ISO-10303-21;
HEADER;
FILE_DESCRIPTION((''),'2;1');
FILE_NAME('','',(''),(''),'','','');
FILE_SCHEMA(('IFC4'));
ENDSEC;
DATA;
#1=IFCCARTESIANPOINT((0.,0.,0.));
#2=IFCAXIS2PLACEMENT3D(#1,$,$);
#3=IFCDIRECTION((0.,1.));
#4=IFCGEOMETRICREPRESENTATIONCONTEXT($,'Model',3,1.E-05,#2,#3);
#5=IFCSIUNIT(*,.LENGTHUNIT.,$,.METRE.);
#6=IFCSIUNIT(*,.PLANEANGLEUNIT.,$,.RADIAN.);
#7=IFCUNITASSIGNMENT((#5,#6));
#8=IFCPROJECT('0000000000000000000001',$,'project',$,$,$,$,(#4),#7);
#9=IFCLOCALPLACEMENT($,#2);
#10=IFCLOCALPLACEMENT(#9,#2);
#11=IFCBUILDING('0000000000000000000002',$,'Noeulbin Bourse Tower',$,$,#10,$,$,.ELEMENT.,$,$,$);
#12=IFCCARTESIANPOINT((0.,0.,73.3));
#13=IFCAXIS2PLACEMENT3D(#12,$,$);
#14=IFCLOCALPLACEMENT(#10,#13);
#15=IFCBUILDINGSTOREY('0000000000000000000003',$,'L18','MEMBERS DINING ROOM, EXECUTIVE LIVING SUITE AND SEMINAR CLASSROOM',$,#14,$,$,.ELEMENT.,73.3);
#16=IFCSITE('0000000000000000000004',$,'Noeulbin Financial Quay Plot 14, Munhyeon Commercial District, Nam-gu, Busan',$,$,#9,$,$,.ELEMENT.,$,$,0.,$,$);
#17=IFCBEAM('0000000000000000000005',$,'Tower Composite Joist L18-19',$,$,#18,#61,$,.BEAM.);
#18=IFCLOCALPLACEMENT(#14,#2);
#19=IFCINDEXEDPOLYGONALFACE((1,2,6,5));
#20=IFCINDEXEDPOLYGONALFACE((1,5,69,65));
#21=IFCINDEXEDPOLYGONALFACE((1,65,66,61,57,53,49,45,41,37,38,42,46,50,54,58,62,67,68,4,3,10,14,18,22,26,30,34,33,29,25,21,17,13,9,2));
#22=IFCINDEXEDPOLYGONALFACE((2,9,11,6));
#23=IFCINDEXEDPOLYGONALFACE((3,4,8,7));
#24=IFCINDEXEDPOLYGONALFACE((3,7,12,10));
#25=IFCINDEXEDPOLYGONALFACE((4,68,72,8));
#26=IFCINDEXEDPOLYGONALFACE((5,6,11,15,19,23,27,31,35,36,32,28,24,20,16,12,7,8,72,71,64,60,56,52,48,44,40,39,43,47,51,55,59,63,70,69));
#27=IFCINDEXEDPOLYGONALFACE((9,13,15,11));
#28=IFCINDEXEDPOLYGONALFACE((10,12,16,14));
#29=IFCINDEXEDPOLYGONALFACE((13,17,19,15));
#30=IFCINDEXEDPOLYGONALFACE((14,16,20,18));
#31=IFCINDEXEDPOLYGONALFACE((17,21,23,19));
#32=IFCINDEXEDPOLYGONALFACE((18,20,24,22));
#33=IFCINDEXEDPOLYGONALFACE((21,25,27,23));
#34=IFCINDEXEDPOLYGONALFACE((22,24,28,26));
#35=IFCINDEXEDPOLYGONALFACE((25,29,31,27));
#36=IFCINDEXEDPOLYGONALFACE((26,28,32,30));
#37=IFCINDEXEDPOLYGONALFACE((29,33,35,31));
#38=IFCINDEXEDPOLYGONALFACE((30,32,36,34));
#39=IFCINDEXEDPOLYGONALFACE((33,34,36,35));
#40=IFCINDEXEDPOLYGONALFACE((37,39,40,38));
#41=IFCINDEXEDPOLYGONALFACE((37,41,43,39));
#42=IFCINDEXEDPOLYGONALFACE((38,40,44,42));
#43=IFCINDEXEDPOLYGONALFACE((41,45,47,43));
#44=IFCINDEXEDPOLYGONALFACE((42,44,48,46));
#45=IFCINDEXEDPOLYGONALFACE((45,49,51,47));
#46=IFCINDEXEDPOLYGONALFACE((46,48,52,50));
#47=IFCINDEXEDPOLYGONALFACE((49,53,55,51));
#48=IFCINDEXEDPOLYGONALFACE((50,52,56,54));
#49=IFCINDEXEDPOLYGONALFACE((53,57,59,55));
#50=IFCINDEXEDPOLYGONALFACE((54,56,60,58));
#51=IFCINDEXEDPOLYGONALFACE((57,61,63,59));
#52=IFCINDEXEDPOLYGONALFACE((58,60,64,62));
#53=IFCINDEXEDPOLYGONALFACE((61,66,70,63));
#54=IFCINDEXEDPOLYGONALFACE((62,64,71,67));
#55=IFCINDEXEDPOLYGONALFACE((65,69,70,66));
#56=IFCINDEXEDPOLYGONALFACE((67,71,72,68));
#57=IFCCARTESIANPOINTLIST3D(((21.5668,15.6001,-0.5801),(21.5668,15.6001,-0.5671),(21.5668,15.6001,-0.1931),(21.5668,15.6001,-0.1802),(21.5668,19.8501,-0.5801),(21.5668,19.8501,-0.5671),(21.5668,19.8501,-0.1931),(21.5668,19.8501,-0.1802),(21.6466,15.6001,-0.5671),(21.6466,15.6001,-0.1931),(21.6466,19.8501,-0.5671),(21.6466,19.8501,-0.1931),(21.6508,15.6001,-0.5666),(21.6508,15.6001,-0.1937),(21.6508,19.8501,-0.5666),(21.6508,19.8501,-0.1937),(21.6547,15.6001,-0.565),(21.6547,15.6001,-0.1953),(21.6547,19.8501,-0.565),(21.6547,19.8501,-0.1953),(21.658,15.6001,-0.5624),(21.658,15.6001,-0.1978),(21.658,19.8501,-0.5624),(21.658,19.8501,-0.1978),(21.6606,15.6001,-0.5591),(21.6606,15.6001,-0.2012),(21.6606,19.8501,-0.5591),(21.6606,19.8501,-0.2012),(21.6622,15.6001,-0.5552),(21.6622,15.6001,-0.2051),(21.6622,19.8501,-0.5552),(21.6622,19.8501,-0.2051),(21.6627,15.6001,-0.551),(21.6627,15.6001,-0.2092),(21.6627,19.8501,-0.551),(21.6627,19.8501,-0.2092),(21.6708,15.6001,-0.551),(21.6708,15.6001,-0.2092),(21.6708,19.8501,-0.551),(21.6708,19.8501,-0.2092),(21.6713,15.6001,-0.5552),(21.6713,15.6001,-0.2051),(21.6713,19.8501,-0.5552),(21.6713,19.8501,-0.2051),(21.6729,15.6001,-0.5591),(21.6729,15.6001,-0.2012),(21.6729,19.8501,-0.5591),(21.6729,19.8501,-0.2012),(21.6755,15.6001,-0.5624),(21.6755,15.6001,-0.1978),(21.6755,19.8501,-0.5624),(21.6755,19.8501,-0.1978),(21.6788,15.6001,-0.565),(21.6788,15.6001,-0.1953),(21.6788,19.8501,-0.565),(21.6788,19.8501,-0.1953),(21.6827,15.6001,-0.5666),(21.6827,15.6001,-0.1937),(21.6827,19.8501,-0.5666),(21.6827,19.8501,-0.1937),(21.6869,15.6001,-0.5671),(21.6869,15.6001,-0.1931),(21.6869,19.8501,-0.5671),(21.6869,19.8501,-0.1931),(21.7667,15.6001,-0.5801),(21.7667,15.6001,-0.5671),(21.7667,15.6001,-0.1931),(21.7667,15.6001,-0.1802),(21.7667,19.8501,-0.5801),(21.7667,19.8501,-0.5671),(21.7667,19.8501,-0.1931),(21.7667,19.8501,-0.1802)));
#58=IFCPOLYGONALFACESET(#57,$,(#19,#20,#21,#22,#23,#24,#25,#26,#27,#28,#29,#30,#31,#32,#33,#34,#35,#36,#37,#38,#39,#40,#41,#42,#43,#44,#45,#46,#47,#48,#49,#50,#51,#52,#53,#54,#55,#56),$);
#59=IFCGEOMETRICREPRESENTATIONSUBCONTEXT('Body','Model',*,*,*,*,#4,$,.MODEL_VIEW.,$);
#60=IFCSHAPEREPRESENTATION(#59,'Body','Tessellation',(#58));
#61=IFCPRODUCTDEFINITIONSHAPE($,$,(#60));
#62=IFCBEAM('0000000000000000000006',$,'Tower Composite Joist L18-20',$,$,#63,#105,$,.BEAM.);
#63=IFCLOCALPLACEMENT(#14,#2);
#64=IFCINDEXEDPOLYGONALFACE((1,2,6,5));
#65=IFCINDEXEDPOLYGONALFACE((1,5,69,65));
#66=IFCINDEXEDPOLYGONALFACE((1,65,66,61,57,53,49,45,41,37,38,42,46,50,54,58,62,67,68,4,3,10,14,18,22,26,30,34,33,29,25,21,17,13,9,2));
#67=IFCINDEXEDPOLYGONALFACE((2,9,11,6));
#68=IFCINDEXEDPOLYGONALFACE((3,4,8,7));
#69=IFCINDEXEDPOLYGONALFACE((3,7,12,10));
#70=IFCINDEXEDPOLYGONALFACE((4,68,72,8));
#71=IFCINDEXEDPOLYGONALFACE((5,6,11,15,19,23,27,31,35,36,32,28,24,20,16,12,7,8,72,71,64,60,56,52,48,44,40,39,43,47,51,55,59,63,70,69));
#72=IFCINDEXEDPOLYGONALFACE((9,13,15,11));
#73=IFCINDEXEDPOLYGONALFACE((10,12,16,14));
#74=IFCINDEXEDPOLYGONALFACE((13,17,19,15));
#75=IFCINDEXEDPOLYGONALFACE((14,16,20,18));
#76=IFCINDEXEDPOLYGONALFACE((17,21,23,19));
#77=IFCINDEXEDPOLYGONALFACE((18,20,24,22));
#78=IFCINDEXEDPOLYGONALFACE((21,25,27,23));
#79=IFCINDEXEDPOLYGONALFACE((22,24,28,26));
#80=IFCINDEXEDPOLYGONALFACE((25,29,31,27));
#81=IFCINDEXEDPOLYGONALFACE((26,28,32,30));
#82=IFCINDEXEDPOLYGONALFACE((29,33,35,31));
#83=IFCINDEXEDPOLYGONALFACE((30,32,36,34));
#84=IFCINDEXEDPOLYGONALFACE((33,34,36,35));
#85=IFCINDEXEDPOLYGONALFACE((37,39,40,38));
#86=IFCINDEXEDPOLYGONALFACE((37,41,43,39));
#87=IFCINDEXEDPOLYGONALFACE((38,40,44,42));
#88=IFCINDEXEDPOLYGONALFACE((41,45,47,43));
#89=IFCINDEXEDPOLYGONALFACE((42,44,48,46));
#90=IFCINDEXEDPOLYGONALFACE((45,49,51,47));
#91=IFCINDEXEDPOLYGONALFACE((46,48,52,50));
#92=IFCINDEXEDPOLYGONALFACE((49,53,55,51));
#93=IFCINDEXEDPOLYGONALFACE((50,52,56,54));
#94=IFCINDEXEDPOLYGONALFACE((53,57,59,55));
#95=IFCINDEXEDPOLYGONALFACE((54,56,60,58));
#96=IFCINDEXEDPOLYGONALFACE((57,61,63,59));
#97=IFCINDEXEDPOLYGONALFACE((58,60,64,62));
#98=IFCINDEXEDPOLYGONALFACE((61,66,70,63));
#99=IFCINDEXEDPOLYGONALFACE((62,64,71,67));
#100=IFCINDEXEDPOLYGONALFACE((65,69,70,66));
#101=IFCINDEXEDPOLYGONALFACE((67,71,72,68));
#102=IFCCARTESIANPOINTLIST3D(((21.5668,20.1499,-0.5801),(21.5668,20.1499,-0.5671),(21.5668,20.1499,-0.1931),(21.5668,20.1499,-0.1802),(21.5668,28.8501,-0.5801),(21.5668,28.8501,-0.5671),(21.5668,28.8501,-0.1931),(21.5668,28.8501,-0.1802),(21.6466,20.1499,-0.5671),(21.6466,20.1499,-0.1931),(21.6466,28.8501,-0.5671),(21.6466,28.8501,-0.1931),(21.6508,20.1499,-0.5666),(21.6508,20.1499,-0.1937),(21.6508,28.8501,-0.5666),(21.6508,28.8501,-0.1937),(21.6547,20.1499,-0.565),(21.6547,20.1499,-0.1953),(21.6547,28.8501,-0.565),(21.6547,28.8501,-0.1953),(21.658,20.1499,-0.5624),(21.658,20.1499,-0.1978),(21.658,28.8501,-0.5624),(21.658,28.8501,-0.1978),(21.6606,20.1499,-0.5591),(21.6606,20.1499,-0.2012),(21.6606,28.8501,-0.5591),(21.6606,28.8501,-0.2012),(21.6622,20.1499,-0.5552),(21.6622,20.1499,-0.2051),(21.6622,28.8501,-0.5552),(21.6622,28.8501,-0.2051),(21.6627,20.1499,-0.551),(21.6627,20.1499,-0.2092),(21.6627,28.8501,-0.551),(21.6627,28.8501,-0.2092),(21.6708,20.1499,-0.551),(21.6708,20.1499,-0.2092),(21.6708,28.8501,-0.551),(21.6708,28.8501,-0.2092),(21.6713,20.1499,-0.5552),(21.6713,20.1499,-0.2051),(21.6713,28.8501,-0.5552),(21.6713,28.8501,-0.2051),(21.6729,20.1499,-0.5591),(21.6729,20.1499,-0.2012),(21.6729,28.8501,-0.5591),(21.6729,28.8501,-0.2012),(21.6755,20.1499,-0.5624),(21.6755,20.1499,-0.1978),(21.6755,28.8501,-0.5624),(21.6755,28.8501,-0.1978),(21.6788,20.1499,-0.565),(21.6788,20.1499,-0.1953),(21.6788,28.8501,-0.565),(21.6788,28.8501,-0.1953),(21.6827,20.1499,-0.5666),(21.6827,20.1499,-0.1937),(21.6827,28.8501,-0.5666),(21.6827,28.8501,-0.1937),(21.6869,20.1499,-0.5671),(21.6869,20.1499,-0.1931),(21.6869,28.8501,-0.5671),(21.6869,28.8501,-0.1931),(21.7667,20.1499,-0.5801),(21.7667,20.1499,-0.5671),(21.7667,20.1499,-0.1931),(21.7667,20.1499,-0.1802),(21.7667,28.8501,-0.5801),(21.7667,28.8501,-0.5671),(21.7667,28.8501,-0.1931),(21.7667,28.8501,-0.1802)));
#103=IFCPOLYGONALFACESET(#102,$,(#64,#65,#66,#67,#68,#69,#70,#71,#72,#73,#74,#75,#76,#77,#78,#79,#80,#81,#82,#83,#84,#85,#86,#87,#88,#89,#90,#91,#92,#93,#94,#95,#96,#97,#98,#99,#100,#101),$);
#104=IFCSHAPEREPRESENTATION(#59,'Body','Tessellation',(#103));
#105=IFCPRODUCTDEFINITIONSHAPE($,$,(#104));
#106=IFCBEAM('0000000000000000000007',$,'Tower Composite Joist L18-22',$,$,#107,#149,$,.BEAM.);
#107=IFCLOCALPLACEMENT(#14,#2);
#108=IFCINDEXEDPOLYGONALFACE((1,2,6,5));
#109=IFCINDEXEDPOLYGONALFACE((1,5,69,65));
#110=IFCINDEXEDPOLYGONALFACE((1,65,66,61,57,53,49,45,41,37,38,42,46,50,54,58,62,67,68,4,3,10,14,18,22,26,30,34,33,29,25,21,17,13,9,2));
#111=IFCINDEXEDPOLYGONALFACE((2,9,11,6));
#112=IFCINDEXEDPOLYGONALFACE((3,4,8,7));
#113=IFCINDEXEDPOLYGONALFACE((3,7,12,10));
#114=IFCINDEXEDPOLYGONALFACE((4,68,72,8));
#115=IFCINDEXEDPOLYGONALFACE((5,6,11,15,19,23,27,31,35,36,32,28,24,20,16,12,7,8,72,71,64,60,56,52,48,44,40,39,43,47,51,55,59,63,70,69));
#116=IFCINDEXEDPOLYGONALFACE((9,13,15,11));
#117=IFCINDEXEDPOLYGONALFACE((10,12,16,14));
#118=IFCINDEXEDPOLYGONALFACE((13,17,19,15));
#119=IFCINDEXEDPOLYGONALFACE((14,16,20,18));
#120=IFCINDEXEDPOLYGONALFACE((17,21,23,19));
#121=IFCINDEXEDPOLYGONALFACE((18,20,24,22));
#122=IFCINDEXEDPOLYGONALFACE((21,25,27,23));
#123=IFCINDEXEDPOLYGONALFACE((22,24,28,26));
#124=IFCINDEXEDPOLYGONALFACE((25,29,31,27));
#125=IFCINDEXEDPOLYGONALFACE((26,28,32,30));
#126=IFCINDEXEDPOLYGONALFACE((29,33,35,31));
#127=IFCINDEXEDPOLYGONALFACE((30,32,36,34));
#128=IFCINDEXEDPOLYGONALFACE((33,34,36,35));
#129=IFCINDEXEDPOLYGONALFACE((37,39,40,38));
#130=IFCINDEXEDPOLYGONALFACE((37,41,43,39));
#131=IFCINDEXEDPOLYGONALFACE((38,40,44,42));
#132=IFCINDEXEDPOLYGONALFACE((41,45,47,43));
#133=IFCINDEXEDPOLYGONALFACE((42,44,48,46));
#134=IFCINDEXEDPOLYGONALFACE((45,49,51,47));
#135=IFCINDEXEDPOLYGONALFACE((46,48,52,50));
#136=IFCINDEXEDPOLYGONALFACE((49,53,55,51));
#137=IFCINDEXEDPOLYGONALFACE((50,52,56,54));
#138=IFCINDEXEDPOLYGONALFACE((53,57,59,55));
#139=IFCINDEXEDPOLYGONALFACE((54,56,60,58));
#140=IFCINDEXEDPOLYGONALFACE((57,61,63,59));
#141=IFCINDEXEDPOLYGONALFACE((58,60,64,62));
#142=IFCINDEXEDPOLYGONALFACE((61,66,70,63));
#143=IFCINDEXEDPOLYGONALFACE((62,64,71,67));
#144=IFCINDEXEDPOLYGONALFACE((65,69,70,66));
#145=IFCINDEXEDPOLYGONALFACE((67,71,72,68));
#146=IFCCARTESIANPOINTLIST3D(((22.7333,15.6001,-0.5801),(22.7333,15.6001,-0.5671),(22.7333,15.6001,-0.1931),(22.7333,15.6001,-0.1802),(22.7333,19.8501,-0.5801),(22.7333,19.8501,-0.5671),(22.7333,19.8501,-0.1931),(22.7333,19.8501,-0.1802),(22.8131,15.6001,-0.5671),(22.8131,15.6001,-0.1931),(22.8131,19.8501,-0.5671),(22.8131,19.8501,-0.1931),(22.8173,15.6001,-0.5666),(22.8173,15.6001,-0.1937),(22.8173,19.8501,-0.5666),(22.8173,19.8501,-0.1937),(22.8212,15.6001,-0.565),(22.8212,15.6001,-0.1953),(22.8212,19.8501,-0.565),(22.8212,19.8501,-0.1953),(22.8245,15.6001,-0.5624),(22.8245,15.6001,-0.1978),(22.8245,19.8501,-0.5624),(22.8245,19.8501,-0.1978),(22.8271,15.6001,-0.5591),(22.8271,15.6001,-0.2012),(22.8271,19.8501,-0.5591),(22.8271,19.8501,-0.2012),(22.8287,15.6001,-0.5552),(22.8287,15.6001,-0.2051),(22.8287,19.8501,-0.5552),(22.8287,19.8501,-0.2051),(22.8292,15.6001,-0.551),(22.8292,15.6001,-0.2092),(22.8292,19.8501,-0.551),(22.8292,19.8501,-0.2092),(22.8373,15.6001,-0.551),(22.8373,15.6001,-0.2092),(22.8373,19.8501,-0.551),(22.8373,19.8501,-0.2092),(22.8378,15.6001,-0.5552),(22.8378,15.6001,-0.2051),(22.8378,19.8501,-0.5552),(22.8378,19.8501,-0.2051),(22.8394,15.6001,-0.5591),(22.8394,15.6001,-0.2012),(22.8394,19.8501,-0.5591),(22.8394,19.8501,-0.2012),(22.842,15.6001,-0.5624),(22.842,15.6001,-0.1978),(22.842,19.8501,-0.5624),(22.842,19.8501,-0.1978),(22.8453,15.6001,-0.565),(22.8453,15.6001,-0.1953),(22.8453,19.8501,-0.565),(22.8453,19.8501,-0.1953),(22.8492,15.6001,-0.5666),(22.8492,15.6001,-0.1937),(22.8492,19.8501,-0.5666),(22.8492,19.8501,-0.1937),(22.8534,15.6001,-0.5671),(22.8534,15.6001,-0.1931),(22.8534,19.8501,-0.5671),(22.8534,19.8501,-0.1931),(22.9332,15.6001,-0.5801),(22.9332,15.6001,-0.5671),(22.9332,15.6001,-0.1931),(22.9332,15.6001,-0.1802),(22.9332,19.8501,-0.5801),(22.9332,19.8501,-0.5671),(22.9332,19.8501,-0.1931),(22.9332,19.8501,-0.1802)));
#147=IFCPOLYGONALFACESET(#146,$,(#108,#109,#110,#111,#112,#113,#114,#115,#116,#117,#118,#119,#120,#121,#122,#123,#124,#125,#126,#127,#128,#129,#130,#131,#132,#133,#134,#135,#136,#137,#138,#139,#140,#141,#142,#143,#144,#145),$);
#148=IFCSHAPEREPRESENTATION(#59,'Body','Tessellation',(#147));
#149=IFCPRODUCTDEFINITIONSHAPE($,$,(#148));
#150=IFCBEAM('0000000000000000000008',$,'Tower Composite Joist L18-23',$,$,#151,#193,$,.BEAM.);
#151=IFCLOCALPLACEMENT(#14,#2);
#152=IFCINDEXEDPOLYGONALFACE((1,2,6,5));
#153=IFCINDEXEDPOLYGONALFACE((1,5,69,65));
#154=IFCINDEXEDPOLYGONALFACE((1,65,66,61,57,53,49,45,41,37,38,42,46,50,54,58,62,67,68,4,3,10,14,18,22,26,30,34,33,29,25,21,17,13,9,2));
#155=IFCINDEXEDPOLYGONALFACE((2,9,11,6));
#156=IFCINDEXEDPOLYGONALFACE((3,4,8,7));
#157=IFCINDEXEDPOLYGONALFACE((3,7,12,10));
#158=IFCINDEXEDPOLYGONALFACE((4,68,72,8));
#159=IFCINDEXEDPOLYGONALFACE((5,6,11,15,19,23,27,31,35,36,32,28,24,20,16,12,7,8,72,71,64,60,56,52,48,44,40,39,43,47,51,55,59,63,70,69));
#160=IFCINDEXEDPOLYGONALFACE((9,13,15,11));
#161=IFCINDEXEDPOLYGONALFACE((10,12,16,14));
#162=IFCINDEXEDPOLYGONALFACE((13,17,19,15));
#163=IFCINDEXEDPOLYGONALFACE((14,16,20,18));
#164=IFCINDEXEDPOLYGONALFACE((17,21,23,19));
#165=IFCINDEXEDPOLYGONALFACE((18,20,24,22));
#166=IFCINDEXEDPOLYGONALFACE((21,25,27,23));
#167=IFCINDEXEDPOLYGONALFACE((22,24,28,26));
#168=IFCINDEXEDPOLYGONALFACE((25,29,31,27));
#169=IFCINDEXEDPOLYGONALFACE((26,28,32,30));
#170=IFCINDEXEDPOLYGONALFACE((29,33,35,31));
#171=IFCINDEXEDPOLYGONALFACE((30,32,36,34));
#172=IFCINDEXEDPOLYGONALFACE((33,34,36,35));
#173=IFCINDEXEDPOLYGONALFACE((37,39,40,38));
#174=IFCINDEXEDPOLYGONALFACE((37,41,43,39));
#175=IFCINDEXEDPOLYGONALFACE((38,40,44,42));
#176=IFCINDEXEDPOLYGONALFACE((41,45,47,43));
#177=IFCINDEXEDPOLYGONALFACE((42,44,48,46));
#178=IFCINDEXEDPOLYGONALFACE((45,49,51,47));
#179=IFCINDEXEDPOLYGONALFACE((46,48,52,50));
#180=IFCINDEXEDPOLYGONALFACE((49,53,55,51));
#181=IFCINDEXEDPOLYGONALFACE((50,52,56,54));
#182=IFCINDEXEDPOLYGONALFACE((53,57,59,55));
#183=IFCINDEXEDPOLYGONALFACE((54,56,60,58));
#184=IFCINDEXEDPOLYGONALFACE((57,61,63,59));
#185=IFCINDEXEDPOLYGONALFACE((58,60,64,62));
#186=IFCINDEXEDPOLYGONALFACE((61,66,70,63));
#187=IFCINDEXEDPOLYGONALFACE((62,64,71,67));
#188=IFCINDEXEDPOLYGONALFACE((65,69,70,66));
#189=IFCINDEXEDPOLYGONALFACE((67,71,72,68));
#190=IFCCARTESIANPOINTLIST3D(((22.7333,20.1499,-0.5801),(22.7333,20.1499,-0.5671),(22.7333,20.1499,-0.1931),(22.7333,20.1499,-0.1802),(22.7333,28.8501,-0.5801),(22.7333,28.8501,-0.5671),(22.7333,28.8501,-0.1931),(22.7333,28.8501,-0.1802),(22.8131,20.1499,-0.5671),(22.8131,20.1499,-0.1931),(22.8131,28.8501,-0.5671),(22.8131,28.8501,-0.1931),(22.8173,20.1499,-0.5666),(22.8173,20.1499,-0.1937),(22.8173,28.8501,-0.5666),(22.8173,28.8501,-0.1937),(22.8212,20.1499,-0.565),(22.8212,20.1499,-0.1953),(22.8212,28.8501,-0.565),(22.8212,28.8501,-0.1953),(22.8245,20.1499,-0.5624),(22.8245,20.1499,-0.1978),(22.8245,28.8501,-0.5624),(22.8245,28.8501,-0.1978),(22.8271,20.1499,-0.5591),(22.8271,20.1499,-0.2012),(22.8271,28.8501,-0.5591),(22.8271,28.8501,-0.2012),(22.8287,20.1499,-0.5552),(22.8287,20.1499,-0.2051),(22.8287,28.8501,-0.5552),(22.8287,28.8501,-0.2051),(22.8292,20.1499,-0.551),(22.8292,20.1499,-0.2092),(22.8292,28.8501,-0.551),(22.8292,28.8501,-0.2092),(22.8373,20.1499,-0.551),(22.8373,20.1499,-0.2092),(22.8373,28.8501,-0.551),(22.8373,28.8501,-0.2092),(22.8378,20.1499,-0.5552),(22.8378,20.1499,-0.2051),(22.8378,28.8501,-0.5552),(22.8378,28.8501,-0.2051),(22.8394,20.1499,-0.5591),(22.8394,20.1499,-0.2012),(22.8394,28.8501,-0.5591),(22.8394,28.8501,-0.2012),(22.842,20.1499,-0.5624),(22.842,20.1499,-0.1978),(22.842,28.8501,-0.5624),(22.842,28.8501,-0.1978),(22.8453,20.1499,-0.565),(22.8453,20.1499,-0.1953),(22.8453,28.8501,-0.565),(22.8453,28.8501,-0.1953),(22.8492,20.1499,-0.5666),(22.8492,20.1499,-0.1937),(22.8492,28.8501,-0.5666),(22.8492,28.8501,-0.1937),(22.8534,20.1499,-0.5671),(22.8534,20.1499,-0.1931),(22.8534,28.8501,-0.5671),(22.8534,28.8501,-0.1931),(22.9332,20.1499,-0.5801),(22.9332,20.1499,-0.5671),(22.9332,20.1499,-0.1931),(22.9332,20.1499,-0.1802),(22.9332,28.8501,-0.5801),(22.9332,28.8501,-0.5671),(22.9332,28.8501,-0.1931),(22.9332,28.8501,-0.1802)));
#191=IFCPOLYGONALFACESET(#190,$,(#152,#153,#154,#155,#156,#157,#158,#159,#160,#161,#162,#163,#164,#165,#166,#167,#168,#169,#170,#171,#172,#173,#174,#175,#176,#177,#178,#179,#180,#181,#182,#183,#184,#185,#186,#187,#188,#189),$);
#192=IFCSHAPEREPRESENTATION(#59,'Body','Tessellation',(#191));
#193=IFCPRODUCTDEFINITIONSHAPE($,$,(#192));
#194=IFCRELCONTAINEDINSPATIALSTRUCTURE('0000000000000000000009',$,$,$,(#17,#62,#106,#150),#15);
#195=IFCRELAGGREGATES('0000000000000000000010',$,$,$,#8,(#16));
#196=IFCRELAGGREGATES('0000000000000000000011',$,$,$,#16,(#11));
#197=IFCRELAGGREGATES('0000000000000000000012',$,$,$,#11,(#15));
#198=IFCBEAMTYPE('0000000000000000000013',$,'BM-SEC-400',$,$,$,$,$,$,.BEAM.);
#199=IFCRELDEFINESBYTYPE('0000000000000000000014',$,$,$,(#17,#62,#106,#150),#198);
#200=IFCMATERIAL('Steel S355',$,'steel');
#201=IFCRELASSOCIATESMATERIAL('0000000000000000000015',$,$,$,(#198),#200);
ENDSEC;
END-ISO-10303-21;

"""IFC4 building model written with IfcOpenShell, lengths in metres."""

from ifc_helpers import new_model, si_unit, direction, frame, origin, origin_2d, place, context, subcontext, project, spatial, i_section, extrude, material, material_profile, profile_set, type_object, element, save


model = new_model("IFC4")

# Units and contexts
model_context = context("Model", 3, precision=1e-05, world=origin(), true_north=direction((0.0, 1.0)))
body_context = subcontext(model_context, "Body", "Model", "MODEL_VIEW")
ifc_project = project(units=[si_unit("LENGTHUNIT", "METRE"), si_unit("PLANEANGLEUNIT", "RADIAN")], contexts=[model_context])

# Site, building, storey
site_placement = place(None, origin())
site = spatial("IfcSite", under=ifc_project, at=site_placement, Name="Noeulbin Financial Quay Plot 14, Munhyeon Commercial District, Nam-gu, Busan", CompositionType="ELEMENT", RefElevation=0.0)
building_placement = place(site_placement, origin())
building = spatial("IfcBuilding", under=site, at=building_placement, Name="Noeulbin Bourse Tower", CompositionType="ELEMENT")
storey_placement = place(building_placement, frame((0.0, 0.0, 73.3)))
storey = spatial("IfcBuildingStorey", under=building, at=storey_placement, Name="L18", Description="MEMBERS DINING ROOM, EXECUTIVE LIVING SUITE AND SEMINAR CLASSROOM", CompositionType="ELEMENT", Elevation=73.3)

# Beams
ifc_material_1 = material(Name="Steel S355", Category="steel")
ifc_material_profile_1 = material_profile(ifc_material_1, i_section(OverallWidth=0.2, OverallDepth=0.3999, WebThickness=0.0081, FlangeThickness=0.0129, FilletRadius=0.0161, at=origin_2d()), Name="H-400x200x8x13", Category="LoadBearing")
ifc_profile_set_1 = profile_set([ifc_material_profile_1], Name="Steel S355")
beam_type_1 = type_object("IfcBeamType", Name="BM-SEC-400", PredefinedType="BEAM", material=ifc_profile_set_1)
beam_1_placement = place(storey_placement, frame((21.6667, 15.6001, -0.3801), z_axis=(0.0, 1.0, 0.0), x_axis=(-1.0, 0.0, 0.0)))
element("IfcBeam", 1, at=beam_1_placement, inside=storey, type_object=beam_type_1, Name="Tower Composite Joist L18-19", PredefinedType="BEAM", context=body_context, shape_type="SweptSolid", body=[
    extrude(i_section(OverallWidth=0.2, OverallDepth=0.3999, WebThickness=0.0081, FlangeThickness=0.0129, FilletRadius=0.0161, at=origin_2d()), origin(), (0.0, 0.0, 1.0), 4.25),
])
beam_2_placement = place(storey_placement, frame((21.6667, 20.1499, -0.3801), z_axis=(0.0, 1.0, 0.0), x_axis=(-1.0, 0.0, 0.0)))
element("IfcBeam", 2, at=beam_2_placement, inside=storey, type_object=beam_type_1, Name="Tower Composite Joist L18-20", PredefinedType="BEAM", context=body_context, shape_type="SweptSolid", body=[
    extrude(i_section(OverallWidth=0.2, OverallDepth=0.3999, WebThickness=0.0081, FlangeThickness=0.0129, FilletRadius=0.0161, at=origin_2d()), origin(), (0.0, 0.0, 1.0), 8.7002),
])
beam_3_placement = place(storey_placement, frame((22.8333, 15.6001, -0.3801), z_axis=(0.0, 1.0, 0.0), x_axis=(-1.0, 0.0, 0.0)))
element("IfcBeam", 3, at=beam_3_placement, inside=storey, type_object=beam_type_1, Name="Tower Composite Joist L18-22", PredefinedType="BEAM", context=body_context, shape_type="SweptSolid", body=[
    extrude(i_section(OverallWidth=0.2, OverallDepth=0.3999, WebThickness=0.0081, FlangeThickness=0.0129, FilletRadius=0.0161, at=origin_2d()), origin(), (0.0, 0.0, 1.0), 4.25),
])
beam_4_placement = place(storey_placement, frame((22.8333, 20.1499, -0.3801), z_axis=(0.0, 1.0, 0.0), x_axis=(-1.0, 0.0, 0.0)))
element("IfcBeam", 4, at=beam_4_placement, inside=storey, type_object=beam_type_1, Name="Tower Composite Joist L18-23", PredefinedType="BEAM", context=body_context, shape_type="SweptSolid", body=[
    extrude(i_section(OverallWidth=0.2, OverallDepth=0.3999, WebThickness=0.0081, FlangeThickness=0.0129, FilletRadius=0.0161, at=origin_2d()), origin(), (0.0, 0.0, 1.0), 8.7002),
])

save(model, "model.ifc")
